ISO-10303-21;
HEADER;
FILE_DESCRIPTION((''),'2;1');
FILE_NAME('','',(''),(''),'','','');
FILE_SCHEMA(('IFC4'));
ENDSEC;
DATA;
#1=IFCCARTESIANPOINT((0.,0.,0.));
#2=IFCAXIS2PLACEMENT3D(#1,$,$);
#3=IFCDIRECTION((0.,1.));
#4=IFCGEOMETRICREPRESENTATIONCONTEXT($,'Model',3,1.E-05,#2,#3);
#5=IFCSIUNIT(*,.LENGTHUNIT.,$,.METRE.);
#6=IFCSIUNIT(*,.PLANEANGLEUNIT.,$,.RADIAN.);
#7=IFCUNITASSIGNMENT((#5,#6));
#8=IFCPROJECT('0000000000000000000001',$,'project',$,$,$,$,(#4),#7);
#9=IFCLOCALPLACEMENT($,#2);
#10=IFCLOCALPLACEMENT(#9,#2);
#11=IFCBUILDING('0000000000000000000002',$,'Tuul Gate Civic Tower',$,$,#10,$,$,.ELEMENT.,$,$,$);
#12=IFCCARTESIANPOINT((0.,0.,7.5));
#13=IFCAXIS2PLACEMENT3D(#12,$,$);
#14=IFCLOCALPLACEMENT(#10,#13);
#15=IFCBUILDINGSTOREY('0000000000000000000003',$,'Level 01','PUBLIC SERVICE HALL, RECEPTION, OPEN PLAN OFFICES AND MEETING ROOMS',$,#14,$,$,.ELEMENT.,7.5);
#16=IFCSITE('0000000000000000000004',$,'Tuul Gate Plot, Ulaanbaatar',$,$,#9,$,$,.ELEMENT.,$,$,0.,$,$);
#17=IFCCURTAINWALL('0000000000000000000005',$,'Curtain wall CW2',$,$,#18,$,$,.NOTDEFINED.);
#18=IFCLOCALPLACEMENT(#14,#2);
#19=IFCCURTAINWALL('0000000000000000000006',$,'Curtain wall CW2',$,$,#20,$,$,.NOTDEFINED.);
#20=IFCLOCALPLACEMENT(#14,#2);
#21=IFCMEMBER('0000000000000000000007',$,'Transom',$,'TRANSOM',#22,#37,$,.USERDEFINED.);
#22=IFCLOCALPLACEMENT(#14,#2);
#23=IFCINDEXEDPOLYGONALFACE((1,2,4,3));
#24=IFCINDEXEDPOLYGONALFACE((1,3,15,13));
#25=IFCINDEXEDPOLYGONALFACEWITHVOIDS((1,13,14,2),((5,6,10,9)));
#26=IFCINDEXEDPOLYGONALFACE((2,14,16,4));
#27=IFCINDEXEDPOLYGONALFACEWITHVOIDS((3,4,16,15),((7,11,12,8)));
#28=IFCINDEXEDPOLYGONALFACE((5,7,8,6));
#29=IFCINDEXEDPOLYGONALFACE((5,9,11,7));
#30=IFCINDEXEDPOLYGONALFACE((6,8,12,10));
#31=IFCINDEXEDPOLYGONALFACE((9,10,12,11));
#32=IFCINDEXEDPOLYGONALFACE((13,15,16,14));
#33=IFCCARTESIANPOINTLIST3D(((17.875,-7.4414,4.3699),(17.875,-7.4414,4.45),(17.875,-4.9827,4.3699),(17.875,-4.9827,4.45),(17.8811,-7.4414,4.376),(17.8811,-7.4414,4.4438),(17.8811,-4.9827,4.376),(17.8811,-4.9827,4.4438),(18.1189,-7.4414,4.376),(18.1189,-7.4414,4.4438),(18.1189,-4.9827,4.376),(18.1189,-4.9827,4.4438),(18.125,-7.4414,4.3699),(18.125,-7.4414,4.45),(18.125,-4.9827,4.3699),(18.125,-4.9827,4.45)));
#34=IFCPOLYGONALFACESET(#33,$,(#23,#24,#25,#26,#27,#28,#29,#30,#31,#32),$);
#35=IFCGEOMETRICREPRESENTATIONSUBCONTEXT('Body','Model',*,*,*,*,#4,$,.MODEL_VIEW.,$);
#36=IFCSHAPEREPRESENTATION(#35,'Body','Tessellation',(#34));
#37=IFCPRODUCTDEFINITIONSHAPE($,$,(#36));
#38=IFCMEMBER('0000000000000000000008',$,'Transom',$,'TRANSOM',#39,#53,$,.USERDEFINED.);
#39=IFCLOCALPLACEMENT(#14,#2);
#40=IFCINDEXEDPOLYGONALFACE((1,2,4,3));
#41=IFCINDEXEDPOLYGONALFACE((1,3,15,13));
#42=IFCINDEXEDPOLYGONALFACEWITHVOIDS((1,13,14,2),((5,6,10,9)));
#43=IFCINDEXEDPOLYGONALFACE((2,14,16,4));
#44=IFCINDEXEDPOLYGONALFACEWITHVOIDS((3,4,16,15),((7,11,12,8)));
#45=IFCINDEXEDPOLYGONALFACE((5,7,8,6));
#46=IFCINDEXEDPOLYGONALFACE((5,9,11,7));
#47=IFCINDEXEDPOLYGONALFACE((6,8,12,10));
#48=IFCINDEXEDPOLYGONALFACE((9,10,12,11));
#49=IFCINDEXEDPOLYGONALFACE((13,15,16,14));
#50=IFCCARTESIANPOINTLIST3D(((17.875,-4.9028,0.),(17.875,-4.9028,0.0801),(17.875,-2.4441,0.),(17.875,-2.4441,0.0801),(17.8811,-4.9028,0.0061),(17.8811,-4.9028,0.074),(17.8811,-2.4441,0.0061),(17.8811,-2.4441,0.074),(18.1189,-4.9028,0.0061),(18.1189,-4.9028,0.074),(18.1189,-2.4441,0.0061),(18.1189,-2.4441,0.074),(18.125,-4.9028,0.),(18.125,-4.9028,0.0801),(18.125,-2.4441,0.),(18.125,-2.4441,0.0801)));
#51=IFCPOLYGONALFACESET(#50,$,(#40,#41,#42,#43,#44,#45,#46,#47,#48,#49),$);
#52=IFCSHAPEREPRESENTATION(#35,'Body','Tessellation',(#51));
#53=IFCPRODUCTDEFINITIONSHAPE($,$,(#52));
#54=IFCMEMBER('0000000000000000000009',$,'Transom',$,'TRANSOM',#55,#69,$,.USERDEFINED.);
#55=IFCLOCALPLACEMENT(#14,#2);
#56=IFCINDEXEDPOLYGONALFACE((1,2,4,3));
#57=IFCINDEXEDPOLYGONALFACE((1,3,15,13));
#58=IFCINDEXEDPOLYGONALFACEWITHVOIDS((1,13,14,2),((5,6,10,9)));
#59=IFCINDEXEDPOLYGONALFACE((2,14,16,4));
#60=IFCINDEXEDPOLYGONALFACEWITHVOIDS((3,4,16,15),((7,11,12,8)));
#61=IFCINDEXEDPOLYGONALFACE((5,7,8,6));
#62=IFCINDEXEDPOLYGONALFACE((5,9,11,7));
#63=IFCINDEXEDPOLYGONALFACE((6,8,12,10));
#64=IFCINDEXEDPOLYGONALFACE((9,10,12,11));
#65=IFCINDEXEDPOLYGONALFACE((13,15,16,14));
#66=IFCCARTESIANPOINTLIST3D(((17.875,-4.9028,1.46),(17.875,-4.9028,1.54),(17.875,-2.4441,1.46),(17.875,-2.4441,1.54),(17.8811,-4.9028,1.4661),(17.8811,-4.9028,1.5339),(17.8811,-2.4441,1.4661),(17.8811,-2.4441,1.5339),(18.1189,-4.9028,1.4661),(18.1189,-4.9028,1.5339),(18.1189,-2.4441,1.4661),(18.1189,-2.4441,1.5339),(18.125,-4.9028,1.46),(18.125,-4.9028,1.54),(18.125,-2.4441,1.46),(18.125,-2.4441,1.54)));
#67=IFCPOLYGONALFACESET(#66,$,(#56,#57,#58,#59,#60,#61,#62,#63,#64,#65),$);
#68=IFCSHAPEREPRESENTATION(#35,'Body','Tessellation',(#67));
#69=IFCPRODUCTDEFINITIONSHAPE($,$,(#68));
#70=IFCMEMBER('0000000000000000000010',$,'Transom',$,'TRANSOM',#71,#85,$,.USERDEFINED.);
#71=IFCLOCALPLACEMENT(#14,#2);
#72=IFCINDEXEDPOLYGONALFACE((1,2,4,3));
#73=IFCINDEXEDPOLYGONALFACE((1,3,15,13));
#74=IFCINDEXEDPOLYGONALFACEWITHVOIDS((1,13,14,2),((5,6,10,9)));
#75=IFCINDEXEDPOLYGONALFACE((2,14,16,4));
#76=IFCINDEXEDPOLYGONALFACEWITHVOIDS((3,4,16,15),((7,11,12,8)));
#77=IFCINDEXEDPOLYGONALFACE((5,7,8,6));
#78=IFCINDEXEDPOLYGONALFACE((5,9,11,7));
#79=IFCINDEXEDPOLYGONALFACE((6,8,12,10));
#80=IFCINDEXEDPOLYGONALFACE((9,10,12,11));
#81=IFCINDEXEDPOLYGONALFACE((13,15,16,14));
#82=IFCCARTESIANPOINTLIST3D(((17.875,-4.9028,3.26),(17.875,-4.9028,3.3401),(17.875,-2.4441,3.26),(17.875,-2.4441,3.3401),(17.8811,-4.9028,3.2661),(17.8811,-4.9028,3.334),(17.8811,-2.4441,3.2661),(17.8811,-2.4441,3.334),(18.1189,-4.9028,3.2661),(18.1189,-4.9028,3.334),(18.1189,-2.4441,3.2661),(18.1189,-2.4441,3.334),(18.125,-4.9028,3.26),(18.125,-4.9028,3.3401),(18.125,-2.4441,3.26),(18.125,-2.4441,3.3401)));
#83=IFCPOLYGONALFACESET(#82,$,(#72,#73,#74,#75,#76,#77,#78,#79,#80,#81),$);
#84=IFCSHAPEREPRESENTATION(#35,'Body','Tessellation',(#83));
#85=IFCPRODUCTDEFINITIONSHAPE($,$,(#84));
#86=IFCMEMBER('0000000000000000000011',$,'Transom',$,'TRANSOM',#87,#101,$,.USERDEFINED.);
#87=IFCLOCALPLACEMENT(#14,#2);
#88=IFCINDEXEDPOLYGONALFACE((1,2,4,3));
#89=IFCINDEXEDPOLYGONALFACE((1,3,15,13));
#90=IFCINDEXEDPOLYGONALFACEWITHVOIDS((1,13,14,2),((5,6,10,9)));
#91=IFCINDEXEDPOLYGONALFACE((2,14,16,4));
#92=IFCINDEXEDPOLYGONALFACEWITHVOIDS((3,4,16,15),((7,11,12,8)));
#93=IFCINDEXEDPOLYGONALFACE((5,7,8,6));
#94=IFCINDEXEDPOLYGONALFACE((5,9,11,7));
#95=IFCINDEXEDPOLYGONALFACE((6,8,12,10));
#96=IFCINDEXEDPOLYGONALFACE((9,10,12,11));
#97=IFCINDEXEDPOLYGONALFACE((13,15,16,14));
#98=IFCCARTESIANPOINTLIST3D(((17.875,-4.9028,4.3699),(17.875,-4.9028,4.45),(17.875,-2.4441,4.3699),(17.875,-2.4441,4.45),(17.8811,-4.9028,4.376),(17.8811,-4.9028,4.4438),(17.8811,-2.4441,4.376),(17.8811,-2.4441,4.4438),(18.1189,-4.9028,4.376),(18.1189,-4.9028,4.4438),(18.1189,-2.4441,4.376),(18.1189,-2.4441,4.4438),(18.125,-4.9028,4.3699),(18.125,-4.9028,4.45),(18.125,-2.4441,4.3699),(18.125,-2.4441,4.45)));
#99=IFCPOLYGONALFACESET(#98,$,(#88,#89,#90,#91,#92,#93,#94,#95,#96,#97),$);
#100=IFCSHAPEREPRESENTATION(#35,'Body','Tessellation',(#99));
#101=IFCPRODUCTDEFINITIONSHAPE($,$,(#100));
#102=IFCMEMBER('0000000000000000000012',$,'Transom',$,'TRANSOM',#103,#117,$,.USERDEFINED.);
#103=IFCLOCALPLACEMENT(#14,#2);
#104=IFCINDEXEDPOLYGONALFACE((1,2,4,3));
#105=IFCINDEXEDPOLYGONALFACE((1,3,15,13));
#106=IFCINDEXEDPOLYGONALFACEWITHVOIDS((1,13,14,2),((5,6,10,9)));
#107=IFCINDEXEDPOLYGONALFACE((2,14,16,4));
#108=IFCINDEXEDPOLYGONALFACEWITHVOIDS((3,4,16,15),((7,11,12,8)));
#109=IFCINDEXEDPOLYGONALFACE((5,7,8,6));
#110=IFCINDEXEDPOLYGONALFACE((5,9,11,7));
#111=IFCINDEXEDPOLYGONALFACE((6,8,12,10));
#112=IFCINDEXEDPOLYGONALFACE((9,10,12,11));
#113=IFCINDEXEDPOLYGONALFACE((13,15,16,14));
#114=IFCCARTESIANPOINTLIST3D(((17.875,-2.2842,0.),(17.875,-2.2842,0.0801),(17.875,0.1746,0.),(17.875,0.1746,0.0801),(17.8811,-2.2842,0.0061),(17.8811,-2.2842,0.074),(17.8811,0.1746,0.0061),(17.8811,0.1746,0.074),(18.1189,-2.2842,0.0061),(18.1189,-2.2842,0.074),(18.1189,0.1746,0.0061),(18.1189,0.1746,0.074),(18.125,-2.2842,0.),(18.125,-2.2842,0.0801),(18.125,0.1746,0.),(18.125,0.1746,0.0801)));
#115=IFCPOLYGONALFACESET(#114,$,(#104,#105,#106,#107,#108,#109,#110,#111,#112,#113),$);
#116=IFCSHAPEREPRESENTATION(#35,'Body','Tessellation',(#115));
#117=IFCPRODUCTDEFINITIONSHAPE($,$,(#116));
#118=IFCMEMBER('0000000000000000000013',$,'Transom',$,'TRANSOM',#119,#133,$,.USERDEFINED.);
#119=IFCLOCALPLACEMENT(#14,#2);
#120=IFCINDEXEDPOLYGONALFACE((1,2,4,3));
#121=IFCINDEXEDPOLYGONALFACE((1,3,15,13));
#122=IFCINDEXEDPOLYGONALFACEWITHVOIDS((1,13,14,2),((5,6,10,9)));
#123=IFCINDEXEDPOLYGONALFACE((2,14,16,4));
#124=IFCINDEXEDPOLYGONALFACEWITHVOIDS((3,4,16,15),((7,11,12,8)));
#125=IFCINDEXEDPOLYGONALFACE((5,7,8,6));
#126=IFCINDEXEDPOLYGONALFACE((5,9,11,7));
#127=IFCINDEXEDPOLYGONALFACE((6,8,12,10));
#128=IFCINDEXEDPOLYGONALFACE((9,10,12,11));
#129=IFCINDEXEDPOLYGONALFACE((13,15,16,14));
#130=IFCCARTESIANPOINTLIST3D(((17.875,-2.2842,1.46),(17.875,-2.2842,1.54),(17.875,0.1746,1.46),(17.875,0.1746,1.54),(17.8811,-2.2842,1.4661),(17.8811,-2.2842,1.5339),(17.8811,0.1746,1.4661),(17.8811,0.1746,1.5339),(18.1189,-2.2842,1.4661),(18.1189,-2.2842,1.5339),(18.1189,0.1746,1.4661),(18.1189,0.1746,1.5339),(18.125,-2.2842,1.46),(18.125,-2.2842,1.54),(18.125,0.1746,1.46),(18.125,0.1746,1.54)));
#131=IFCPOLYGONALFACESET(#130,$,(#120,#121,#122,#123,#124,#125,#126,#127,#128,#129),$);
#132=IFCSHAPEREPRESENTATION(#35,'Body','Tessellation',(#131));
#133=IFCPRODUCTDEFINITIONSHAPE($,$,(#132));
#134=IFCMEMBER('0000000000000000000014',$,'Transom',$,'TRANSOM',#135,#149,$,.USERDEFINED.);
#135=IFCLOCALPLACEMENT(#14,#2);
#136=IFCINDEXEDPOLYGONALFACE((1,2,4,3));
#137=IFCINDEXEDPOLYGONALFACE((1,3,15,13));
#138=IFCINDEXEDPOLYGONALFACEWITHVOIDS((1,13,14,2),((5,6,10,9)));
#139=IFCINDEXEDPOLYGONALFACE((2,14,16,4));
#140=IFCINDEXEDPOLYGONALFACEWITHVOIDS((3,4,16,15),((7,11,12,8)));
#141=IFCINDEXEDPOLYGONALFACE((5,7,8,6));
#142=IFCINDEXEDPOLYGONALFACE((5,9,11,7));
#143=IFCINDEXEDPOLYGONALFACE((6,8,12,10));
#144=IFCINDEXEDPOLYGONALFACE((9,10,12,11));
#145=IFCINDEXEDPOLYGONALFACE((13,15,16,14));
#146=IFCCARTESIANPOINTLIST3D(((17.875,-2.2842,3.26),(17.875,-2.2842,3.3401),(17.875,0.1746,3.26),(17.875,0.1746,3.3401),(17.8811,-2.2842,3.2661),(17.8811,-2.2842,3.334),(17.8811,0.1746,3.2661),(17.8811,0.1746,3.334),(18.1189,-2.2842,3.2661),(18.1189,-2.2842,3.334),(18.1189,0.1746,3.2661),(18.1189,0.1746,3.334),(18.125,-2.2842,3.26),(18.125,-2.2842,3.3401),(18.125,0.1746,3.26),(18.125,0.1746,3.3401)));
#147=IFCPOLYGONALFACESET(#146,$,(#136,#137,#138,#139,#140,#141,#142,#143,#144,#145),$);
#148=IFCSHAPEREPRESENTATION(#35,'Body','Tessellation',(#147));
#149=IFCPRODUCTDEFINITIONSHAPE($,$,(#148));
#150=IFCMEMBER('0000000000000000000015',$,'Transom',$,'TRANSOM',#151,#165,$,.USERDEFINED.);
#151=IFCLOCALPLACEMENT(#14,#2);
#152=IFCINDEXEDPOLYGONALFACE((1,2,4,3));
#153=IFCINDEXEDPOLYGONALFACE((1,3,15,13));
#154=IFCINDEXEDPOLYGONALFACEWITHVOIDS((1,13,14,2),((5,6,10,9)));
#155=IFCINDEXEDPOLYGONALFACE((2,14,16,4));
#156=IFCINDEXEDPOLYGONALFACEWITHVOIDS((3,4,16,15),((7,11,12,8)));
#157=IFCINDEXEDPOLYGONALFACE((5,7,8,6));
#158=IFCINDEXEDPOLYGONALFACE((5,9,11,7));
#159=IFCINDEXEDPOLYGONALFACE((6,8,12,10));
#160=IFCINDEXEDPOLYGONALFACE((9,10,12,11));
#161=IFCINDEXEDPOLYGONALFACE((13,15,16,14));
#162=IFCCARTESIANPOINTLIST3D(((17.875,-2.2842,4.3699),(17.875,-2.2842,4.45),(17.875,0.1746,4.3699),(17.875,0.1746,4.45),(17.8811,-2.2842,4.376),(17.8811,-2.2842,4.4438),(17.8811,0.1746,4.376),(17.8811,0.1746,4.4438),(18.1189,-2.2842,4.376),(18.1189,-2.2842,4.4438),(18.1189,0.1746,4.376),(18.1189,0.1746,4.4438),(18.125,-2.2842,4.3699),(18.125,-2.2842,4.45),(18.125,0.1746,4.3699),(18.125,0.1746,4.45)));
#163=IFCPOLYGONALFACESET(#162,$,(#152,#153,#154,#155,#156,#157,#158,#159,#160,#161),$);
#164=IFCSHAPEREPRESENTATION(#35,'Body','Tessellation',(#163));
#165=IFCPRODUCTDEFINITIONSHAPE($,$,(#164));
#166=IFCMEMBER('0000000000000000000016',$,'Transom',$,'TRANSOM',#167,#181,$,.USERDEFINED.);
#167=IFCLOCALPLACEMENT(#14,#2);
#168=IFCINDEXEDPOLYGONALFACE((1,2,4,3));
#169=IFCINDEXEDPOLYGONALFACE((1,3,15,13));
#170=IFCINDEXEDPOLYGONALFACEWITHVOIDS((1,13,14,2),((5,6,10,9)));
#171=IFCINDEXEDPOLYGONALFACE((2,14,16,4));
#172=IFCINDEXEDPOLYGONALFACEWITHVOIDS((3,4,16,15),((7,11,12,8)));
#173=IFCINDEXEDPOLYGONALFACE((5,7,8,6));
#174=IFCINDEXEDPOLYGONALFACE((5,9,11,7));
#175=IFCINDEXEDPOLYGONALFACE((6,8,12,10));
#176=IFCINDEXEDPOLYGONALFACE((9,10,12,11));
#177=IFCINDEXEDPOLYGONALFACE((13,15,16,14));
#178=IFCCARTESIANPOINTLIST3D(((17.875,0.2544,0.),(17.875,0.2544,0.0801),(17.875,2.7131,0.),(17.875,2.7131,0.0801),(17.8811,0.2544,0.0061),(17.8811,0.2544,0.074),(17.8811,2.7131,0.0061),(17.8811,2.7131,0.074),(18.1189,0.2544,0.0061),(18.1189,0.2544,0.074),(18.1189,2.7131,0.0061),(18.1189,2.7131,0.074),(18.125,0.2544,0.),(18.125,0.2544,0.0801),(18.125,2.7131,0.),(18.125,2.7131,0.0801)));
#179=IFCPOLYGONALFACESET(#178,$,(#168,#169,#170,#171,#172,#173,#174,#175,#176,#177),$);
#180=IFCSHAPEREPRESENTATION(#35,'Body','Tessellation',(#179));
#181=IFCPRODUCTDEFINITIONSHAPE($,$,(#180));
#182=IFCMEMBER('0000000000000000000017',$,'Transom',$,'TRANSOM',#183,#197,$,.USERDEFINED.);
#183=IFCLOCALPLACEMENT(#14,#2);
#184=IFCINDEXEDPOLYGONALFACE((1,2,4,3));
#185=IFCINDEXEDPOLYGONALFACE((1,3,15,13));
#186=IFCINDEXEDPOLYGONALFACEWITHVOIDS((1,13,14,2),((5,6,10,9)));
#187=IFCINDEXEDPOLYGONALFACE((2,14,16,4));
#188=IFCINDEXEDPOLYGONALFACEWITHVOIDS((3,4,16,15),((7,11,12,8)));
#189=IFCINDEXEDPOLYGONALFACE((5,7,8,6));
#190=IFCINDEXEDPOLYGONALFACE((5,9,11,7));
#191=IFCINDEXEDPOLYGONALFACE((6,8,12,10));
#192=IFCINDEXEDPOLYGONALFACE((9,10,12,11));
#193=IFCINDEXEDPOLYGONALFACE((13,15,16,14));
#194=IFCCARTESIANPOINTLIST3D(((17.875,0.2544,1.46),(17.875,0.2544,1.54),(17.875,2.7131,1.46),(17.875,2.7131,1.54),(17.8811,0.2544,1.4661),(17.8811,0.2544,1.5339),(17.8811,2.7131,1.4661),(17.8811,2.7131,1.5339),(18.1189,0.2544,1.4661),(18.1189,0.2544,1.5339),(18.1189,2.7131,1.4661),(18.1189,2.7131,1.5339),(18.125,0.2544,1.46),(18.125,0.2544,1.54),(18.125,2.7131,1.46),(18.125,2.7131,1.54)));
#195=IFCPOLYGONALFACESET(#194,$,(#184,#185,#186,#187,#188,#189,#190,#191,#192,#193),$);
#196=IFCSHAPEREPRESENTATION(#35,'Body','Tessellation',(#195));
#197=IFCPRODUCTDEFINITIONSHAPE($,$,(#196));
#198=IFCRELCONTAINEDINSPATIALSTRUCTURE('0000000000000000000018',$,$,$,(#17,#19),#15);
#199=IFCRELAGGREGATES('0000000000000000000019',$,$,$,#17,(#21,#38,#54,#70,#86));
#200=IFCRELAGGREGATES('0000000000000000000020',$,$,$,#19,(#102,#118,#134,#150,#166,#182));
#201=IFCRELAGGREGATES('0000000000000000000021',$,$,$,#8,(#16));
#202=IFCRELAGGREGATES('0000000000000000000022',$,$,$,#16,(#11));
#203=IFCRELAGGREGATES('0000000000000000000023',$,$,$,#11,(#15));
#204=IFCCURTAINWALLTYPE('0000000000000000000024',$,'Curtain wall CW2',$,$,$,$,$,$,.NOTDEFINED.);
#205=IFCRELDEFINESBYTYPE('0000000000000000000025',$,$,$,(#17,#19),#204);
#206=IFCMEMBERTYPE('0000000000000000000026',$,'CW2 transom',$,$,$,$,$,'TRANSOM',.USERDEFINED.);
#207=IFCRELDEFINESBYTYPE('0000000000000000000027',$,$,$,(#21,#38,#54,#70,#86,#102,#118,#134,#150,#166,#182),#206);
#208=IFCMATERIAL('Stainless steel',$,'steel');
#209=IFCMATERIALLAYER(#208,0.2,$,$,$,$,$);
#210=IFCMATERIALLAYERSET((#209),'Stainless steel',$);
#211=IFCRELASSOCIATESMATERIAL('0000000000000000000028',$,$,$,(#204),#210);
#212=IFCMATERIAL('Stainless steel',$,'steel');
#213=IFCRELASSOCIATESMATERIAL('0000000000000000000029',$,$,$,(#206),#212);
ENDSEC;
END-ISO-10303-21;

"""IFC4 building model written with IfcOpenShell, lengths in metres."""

from ifc_helpers import new_model, si_unit, direction, frame, origin, origin_2d, place, context, subcontext, project, spatial, hollow_rectangle, extrude, material, layer, layer_set, material_profile, profile_set, type_object, element, aggregate, save


model = new_model("IFC4")

# Units and contexts
model_context = context("Model", 3, precision=1e-05, world=origin(), true_north=direction((0.0, 1.0)))
body_context = subcontext(model_context, "Body", "Model", "MODEL_VIEW")
ifc_project = project(units=[si_unit("LENGTHUNIT", "METRE"), si_unit("PLANEANGLEUNIT", "RADIAN")], contexts=[model_context])

# Site, building, storey
site_placement = place(None, origin())
site = spatial("IfcSite", under=ifc_project, at=site_placement, Name="Tuul Gate Plot, Ulaanbaatar", CompositionType="ELEMENT", RefElevation=0.0)
building_placement = place(site_placement, origin())
building = spatial("IfcBuilding", under=site, at=building_placement, Name="Tuul Gate Civic Tower", CompositionType="ELEMENT")
storey_placement = place(building_placement, frame((0.0, 0.0, 7.5)))
storey = spatial("IfcBuildingStorey", under=building, at=storey_placement, Name="Level 01", Description="PUBLIC SERVICE HALL, RECEPTION, OPEN PLAN OFFICES AND MEETING ROOMS", CompositionType="ELEMENT", Elevation=7.5)

# Shared definitions
ifc_material_1 = material(Name="Stainless steel", Category="steel")
ifc_layer_1 = layer(ifc_material_1, 0.2)
ifc_layer_set_1 = layer_set([ifc_layer_1], Name="Stainless steel")
curtain_wall_type = type_object("IfcCurtainWallType", Name="Curtain wall CW2", PredefinedType="NOTDEFINED", material=ifc_layer_set_1)

# Curtain walls
curtain_wall_1_placement = place(storey_placement, origin())
curtain_wall_1 = element("IfcCurtainWall", 1, at=curtain_wall_1_placement, inside=storey, type_object=curtain_wall_type, Name="Curtain wall CW2", PredefinedType="NOTDEFINED")
curtain_wall_2_placement = place(storey_placement, origin())
curtain_wall_2 = element("IfcCurtainWall", 2, at=curtain_wall_2_placement, inside=storey, type_object=curtain_wall_type, Name="Curtain wall CW2", PredefinedType="NOTDEFINED")

# Members
ifc_material_2 = material(Name="Stainless steel", Category="steel")
ifc_material_profile_1 = material_profile(ifc_material_2, hollow_rectangle(XDim=0.25, YDim=0.0801, WallThickness=0.0061, at=origin_2d()), Name="CW2 transom")
ifc_profile_set_1 = profile_set([ifc_material_profile_1], Name="Stainless steel")
member_type_1 = type_object("IfcMemberType", Name="CW2 transom", ElementType="TRANSOM", PredefinedType="USERDEFINED", material=ifc_profile_set_1)
member_1_placement = place(storey_placement, frame((18.0, -7.4414, 4.4099), z_axis=(0.0, 1.0, 0.0), x_axis=(-1.0, 0.0, 0.0)))
member_1 = element("IfcMember", 3, at=member_1_placement, type_object=member_type_1, Name="Transom", ObjectType="TRANSOM", PredefinedType="USERDEFINED", context=body_context, shape_type="SweptSolid", body=[
    extrude(hollow_rectangle(XDim=0.25, YDim=0.0801, WallThickness=0.0061, at=origin_2d()), origin(), (0.0, 0.0, 1.0), 2.4587),
])
member_2_placement = place(storey_placement, frame((18.0, -4.9028, 0.04), z_axis=(0.0, 1.0, 0.0), x_axis=(-1.0, 0.0, 0.0)))
member_2 = element("IfcMember", 4, at=member_2_placement, type_object=member_type_1, Name="Transom", ObjectType="TRANSOM", PredefinedType="USERDEFINED", context=body_context, shape_type="SweptSolid", body=[
    extrude(hollow_rectangle(XDim=0.25, YDim=0.0801, WallThickness=0.0061, at=origin_2d()), origin(), (0.0, 0.0, 1.0), 2.4587),
])
member_3_placement = place(storey_placement, frame((18.0, -4.9028, 1.5), z_axis=(0.0, 1.0, 0.0), x_axis=(-1.0, 0.0, 0.0)))
member_3 = element("IfcMember", 5, at=member_3_placement, type_object=member_type_1, Name="Transom", ObjectType="TRANSOM", PredefinedType="USERDEFINED", context=body_context, shape_type="SweptSolid", body=[
    extrude(hollow_rectangle(XDim=0.25, YDim=0.0801, WallThickness=0.0061, at=origin_2d()), origin(), (0.0, 0.0, 1.0), 2.4587),
])
member_4_placement = place(storey_placement, frame((18.0, -4.9028, 3.3), z_axis=(0.0, 1.0, 0.0), x_axis=(-1.0, 0.0, 0.0)))
member_4 = element("IfcMember", 6, at=member_4_placement, type_object=member_type_1, Name="Transom", ObjectType="TRANSOM", PredefinedType="USERDEFINED", context=body_context, shape_type="SweptSolid", body=[
    extrude(hollow_rectangle(XDim=0.25, YDim=0.0801, WallThickness=0.0061, at=origin_2d()), origin(), (0.0, 0.0, 1.0), 2.4587),
])
member_5_placement = place(storey_placement, frame((18.0, -4.9028, 4.4099), z_axis=(0.0, 1.0, 0.0), x_axis=(-1.0, 0.0, 0.0)))
member_5 = element("IfcMember", 7, at=member_5_placement, type_object=member_type_1, Name="Transom", ObjectType="TRANSOM", PredefinedType="USERDEFINED", context=body_context, shape_type="SweptSolid", body=[
    extrude(hollow_rectangle(XDim=0.25, YDim=0.0801, WallThickness=0.0061, at=origin_2d()), origin(), (0.0, 0.0, 1.0), 2.4587),
])
member_6_placement = place(storey_placement, frame((18.0, -2.2842, 0.04), z_axis=(0.0, 1.0, 0.0), x_axis=(-1.0, 0.0, 0.0)))
member_6 = element("IfcMember", 8, at=member_6_placement, type_object=member_type_1, Name="Transom", ObjectType="TRANSOM", PredefinedType="USERDEFINED", context=body_context, shape_type="SweptSolid", body=[
    extrude(hollow_rectangle(XDim=0.25, YDim=0.0801, WallThickness=0.0061, at=origin_2d()), origin(), (0.0, 0.0, 1.0), 2.4587),
])
member_7_placement = place(storey_placement, frame((18.0, -2.2842, 1.5), z_axis=(0.0, 1.0, 0.0), x_axis=(-1.0, 0.0, 0.0)))
member_7 = element("IfcMember", 9, at=member_7_placement, type_object=member_type_1, Name="Transom", ObjectType="TRANSOM", PredefinedType="USERDEFINED", context=body_context, shape_type="SweptSolid", body=[
    extrude(hollow_rectangle(XDim=0.25, YDim=0.0801, WallThickness=0.0061, at=origin_2d()), origin(), (0.0, 0.0, 1.0), 2.4587),
])
member_8_placement = place(storey_placement, frame((18.0, -2.2842, 3.3), z_axis=(0.0, 1.0, 0.0), x_axis=(-1.0, 0.0, 0.0)))
member_8 = element("IfcMember", 10, at=member_8_placement, type_object=member_type_1, Name="Transom", ObjectType="TRANSOM", PredefinedType="USERDEFINED", context=body_context, shape_type="SweptSolid", body=[
    extrude(hollow_rectangle(XDim=0.25, YDim=0.0801, WallThickness=0.0061, at=origin_2d()), origin(), (0.0, 0.0, 1.0), 2.4587),
])
member_9_placement = place(storey_placement, frame((18.0, -2.2842, 4.4099), z_axis=(0.0, 1.0, 0.0), x_axis=(-1.0, 0.0, 0.0)))
member_9 = element("IfcMember", 11, at=member_9_placement, type_object=member_type_1, Name="Transom", ObjectType="TRANSOM", PredefinedType="USERDEFINED", context=body_context, shape_type="SweptSolid", body=[
    extrude(hollow_rectangle(XDim=0.25, YDim=0.0801, WallThickness=0.0061, at=origin_2d()), origin(), (0.0, 0.0, 1.0), 2.4587),
])
member_10_placement = place(storey_placement, frame((18.0, 0.2544, 0.04), z_axis=(0.0, 1.0, 0.0), x_axis=(-1.0, 0.0, 0.0)))
member_10 = element("IfcMember", 12, at=member_10_placement, type_object=member_type_1, Name="Transom", ObjectType="TRANSOM", PredefinedType="USERDEFINED", context=body_context, shape_type="SweptSolid", body=[
    extrude(hollow_rectangle(XDim=0.25, YDim=0.0801, WallThickness=0.0061, at=origin_2d()), origin(), (0.0, 0.0, 1.0), 2.4587),
])
member_11_placement = place(storey_placement, frame((18.0, 0.2544, 1.5), z_axis=(0.0, 1.0, 0.0), x_axis=(-1.0, 0.0, 0.0)))
member_11 = element("IfcMember", 13, at=member_11_placement, type_object=member_type_1, Name="Transom", ObjectType="TRANSOM", PredefinedType="USERDEFINED", context=body_context, shape_type="SweptSolid", body=[
    extrude(hollow_rectangle(XDim=0.25, YDim=0.0801, WallThickness=0.0061, at=origin_2d()), origin(), (0.0, 0.0, 1.0), 2.4587),
])

aggregate(curtain_wall_1, [member_1, member_2, member_3, member_4, member_5])
aggregate(curtain_wall_2, [member_6, member_7, member_8, member_9, member_10, member_11])

save(model, "model.ifc")
